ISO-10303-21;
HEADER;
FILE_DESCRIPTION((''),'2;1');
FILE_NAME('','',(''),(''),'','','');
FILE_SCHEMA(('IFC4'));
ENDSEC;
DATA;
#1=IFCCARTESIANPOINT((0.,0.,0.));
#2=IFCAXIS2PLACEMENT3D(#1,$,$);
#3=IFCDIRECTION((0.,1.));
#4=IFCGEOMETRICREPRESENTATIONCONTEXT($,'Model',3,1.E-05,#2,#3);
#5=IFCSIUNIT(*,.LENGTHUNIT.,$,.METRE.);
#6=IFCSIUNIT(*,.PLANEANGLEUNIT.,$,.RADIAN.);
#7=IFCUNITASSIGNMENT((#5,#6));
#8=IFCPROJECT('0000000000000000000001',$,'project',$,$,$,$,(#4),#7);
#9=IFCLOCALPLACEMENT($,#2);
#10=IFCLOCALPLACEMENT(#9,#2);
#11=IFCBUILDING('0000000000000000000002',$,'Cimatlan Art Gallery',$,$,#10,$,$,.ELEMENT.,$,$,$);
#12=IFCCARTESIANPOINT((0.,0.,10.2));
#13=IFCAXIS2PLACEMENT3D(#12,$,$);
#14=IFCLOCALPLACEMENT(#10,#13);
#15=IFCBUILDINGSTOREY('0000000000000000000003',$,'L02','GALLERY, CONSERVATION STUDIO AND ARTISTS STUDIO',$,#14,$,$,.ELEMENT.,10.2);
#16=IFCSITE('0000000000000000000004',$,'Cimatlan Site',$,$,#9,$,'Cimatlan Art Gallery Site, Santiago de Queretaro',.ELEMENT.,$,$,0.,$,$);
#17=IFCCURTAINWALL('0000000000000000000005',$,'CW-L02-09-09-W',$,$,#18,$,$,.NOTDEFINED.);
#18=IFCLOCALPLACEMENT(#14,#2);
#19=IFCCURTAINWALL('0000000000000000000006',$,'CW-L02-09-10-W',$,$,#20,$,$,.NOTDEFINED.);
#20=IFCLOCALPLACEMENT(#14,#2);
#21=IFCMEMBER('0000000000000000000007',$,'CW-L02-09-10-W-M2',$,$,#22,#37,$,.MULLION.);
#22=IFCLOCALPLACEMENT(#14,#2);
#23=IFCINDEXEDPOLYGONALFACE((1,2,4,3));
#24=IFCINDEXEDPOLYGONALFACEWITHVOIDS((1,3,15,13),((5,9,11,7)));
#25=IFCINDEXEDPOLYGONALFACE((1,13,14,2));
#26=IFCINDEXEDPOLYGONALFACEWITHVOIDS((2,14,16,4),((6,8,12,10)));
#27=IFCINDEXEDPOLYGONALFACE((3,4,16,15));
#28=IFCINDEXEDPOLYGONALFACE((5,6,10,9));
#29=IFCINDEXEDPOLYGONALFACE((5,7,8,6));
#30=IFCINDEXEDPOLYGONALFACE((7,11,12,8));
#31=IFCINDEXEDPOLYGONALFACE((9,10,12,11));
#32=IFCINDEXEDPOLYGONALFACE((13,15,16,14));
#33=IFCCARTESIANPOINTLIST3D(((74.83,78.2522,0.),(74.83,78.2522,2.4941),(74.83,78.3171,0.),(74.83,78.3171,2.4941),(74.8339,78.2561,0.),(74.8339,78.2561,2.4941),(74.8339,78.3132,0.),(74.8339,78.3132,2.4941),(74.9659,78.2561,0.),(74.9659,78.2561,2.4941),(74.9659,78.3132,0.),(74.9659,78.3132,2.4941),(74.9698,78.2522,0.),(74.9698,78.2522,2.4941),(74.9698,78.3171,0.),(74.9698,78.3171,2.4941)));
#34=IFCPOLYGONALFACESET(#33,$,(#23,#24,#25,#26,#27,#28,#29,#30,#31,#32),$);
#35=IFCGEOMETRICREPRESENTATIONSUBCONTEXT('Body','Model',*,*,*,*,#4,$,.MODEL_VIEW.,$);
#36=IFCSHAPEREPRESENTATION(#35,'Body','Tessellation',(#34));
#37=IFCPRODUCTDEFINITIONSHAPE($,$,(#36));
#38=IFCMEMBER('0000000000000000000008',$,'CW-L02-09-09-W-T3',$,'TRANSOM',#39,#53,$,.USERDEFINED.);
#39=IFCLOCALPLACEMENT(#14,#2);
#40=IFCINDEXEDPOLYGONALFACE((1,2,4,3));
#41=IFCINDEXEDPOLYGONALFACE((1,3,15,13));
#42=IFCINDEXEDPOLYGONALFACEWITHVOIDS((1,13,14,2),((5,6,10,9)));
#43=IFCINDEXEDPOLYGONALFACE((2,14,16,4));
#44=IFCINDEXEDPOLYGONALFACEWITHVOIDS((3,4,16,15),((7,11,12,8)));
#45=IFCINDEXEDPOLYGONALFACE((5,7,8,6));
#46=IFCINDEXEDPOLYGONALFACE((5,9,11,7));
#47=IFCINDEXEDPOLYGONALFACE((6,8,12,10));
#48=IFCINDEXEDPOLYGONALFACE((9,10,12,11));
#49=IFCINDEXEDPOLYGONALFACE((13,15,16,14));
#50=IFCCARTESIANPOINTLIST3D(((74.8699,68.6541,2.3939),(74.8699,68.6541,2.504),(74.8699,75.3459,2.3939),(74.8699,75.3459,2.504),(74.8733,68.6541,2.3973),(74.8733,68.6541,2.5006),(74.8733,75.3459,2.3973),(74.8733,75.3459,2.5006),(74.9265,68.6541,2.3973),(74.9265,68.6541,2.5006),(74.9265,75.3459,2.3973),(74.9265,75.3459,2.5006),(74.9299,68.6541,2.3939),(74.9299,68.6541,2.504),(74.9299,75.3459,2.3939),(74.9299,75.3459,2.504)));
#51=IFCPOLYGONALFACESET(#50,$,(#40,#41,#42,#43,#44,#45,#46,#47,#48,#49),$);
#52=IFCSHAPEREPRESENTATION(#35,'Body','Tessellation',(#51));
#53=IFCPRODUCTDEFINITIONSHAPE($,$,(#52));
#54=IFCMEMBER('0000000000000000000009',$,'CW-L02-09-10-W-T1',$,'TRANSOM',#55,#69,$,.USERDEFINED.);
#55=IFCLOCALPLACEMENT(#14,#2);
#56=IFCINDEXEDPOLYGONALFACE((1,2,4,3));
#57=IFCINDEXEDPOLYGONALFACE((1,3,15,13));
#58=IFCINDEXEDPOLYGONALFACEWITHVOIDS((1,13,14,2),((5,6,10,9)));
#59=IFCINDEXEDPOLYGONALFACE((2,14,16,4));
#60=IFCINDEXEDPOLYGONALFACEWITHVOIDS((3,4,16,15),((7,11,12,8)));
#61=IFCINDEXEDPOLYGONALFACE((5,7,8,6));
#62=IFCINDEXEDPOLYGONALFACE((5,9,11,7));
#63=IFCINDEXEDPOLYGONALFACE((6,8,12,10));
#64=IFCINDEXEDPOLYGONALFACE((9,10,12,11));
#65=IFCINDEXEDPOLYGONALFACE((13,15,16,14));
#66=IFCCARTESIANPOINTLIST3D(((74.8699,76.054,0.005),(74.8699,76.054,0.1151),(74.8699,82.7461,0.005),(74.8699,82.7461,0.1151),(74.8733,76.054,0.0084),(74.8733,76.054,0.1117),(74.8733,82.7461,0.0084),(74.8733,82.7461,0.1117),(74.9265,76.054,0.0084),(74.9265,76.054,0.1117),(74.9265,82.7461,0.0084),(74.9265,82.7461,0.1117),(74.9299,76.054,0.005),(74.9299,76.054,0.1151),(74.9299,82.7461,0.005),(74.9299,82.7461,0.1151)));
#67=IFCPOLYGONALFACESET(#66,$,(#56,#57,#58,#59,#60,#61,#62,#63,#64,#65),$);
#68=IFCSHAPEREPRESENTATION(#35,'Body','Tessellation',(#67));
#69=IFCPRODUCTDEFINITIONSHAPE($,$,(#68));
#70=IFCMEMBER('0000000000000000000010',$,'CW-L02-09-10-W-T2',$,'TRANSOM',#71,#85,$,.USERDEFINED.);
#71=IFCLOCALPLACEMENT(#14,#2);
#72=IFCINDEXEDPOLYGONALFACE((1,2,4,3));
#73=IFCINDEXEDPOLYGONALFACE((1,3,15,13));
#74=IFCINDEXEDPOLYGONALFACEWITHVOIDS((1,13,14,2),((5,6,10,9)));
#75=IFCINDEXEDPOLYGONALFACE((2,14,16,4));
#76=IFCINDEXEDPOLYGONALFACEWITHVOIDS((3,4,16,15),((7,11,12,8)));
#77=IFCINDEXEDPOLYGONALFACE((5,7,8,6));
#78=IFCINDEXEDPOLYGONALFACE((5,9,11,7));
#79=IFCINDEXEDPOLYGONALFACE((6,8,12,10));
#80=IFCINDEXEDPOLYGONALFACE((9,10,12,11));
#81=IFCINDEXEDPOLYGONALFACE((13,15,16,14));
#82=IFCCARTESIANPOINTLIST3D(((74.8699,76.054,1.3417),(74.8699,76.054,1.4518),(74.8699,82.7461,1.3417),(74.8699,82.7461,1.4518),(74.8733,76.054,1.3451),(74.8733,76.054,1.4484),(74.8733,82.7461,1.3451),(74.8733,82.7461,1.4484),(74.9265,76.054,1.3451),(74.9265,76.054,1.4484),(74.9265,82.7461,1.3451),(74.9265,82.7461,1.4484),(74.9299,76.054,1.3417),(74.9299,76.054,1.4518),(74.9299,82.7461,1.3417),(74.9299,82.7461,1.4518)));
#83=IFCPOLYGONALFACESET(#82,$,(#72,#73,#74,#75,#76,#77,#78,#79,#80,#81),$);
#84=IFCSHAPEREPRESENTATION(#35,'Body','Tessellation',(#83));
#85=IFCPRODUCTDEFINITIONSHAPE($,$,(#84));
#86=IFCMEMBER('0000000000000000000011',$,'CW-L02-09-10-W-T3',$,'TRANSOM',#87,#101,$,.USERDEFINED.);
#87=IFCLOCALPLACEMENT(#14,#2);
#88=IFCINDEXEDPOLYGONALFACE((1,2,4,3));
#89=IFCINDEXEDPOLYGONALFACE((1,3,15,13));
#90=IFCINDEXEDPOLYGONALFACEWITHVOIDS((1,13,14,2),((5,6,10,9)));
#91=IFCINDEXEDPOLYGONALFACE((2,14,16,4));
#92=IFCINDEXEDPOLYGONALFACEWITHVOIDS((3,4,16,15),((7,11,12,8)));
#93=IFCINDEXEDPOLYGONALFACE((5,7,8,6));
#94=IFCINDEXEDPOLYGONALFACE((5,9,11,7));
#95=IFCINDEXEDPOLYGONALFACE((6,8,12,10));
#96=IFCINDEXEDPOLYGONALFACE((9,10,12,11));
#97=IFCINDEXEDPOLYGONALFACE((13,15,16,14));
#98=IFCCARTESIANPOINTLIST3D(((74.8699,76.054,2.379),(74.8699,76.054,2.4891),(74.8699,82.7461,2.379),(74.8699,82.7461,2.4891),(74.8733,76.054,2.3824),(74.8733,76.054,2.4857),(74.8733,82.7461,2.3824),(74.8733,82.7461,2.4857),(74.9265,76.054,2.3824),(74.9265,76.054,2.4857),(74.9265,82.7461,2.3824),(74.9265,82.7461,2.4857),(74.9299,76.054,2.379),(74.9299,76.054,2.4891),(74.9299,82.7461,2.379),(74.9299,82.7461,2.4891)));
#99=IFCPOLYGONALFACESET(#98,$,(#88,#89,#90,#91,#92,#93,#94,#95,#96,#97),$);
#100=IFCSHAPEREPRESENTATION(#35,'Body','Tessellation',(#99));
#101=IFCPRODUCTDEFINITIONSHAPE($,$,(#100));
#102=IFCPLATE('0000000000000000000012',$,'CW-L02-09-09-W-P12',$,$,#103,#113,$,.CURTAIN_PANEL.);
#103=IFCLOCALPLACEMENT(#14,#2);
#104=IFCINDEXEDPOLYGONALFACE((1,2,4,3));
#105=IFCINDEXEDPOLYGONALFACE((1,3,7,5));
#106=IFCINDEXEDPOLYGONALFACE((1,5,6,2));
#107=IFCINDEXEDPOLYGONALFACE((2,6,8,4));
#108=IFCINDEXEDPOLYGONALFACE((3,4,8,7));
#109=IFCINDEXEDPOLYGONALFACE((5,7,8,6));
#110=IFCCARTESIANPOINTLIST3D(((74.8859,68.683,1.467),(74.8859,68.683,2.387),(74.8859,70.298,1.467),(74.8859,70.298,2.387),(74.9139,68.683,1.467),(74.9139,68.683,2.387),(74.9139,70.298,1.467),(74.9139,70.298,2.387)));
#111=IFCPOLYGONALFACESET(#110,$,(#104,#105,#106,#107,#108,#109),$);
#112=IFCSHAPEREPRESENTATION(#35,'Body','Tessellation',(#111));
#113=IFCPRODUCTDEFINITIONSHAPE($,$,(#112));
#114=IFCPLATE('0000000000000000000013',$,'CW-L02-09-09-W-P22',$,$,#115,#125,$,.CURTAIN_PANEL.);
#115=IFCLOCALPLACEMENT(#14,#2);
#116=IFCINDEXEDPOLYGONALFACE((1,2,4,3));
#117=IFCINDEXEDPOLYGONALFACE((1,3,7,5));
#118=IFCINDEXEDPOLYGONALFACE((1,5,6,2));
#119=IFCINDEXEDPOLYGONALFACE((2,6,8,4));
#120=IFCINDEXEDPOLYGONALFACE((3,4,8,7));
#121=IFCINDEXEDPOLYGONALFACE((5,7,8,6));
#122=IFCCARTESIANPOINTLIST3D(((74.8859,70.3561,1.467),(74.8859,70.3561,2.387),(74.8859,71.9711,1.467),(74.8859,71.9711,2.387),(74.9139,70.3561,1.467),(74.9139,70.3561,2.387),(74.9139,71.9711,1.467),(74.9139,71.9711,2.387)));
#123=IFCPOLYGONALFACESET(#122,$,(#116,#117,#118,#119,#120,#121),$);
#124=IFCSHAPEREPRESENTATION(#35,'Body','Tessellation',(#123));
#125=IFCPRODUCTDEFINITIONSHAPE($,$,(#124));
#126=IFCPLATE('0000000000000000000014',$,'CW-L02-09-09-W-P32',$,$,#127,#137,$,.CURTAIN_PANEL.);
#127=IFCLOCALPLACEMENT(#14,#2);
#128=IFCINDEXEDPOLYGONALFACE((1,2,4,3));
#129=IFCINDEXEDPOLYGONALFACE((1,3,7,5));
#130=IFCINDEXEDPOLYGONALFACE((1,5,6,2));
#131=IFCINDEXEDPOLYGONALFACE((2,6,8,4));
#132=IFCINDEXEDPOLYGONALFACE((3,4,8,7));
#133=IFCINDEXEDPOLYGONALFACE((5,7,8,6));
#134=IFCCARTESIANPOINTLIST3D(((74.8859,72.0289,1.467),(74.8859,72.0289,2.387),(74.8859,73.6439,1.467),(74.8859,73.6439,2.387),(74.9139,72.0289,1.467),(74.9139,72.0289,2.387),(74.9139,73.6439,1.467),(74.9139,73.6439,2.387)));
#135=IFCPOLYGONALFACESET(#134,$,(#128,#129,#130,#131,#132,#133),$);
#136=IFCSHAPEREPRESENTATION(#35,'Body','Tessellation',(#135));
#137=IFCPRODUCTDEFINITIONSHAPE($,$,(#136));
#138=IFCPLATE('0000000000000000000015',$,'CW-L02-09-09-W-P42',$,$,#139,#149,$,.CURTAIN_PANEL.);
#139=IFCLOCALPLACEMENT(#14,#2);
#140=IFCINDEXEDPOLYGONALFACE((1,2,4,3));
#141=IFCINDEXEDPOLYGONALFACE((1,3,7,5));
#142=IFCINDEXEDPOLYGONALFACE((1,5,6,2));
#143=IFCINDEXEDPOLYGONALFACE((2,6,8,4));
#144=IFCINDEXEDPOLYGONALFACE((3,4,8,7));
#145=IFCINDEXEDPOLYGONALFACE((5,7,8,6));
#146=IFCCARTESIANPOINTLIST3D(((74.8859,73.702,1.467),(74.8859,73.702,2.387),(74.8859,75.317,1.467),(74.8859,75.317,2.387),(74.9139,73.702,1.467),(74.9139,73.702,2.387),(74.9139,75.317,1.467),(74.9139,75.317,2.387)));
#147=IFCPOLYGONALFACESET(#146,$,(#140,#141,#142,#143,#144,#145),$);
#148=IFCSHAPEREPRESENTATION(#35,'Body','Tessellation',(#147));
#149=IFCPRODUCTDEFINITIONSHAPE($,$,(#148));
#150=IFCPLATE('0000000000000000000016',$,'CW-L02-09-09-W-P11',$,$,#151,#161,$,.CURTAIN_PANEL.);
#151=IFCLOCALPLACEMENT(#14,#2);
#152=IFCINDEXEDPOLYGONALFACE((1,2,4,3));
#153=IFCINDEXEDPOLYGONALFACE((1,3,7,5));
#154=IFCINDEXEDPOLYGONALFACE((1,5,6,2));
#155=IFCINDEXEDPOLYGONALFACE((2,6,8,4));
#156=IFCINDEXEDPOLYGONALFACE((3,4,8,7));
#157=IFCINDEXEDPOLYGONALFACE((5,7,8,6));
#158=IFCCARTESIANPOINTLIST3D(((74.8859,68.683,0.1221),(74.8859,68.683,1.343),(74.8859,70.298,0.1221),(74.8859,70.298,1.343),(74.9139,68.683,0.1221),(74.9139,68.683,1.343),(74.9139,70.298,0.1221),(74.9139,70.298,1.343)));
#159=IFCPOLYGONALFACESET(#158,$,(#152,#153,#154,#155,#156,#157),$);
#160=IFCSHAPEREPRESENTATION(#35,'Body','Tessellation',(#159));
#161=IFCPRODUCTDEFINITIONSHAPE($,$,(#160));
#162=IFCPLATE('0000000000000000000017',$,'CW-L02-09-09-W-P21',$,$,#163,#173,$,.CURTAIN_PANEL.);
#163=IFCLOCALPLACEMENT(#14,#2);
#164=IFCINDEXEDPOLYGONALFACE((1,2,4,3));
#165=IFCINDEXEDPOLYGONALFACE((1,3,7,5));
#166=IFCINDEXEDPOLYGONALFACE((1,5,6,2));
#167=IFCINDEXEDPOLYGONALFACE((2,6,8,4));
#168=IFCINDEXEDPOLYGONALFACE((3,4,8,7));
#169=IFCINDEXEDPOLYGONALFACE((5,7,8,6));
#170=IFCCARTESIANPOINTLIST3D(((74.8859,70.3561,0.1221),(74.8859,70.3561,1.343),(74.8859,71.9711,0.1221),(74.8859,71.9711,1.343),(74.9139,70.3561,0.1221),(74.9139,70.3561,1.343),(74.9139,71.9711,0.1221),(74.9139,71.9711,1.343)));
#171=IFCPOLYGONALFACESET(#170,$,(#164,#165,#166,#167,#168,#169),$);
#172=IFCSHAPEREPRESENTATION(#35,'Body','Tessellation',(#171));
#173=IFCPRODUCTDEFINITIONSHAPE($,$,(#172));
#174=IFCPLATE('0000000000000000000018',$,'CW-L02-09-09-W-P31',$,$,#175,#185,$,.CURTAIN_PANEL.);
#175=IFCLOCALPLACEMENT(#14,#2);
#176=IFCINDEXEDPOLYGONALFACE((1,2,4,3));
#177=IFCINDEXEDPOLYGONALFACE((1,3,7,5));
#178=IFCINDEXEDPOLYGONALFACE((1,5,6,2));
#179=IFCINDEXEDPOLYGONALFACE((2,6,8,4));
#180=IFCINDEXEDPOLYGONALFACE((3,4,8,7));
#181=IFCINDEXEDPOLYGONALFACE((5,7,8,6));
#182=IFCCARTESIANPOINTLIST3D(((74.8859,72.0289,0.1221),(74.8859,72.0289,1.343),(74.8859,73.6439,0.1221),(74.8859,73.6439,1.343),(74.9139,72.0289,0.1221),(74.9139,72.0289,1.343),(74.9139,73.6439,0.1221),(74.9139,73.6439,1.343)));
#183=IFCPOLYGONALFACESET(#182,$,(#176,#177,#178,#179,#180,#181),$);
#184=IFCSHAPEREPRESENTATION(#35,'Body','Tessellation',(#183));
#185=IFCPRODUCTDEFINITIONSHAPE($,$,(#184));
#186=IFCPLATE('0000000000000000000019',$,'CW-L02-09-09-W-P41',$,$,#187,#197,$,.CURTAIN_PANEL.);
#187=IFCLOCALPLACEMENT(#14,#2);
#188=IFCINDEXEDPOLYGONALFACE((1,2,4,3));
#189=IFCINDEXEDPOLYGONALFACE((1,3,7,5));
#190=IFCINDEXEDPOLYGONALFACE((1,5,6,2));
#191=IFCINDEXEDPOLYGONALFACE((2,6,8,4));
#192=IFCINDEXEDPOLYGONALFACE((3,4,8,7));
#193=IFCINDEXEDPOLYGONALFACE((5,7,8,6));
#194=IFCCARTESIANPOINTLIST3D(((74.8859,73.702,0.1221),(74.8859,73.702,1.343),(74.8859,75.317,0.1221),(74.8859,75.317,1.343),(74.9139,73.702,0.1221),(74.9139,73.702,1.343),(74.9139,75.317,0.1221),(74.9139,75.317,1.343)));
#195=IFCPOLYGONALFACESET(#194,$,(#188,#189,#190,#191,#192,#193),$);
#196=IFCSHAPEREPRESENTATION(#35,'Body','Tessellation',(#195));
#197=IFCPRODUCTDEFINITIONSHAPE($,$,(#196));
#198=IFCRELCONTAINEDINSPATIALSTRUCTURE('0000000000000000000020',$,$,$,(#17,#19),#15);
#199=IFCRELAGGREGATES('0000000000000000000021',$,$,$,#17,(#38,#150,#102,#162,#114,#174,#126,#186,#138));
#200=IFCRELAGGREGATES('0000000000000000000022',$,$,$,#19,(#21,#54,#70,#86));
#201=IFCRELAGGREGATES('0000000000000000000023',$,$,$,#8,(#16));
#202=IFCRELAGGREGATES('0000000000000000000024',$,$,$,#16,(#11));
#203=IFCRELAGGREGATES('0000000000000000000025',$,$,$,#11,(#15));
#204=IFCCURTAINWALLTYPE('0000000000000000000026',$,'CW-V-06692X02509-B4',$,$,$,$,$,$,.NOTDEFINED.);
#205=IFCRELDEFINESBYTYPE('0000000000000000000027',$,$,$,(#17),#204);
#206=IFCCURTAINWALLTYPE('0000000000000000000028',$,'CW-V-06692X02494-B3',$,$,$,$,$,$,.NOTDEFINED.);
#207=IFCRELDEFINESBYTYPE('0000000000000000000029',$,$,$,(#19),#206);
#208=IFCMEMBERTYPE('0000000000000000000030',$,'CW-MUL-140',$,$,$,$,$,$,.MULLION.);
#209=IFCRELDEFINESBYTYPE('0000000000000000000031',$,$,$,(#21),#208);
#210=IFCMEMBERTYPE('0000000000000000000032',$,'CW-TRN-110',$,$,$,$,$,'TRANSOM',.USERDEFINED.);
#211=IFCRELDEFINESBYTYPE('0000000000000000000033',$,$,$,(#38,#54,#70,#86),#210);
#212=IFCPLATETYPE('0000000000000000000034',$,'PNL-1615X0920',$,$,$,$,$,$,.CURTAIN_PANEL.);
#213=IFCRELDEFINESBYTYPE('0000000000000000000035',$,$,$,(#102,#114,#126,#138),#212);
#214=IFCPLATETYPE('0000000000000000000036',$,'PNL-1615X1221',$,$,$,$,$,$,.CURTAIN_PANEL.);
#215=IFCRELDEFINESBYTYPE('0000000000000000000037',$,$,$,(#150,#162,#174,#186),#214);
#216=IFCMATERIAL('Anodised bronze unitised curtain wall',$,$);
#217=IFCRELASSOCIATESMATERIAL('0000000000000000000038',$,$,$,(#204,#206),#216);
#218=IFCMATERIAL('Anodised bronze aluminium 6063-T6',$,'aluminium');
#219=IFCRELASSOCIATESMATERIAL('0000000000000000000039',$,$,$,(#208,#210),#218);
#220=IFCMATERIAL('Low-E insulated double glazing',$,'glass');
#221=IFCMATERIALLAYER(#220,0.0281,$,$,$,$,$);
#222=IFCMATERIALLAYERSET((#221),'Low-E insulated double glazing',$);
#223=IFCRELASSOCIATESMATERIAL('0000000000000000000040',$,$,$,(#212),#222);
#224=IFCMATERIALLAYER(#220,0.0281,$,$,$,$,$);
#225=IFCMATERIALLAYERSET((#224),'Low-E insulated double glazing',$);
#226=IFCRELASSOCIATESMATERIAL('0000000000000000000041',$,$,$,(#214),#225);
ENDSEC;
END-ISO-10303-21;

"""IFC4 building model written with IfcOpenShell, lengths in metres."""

from ifc_helpers import new_model, si_unit, direction, frame, origin, origin_2d, place, context, subcontext, project, spatial, rectangle, hollow_rectangle, extrude, material, layer, layer_set, material_profile, profile_set, type_object, element, aggregate, save


model = new_model("IFC4")

# Units and contexts
model_context = context("Model", 3, precision=1e-05, world=origin(), true_north=direction((0.0, 1.0)))
body_context = subcontext(model_context, "Body", "Model", "MODEL_VIEW")
ifc_project = project(units=[si_unit("LENGTHUNIT", "METRE"), si_unit("PLANEANGLEUNIT", "RADIAN")], contexts=[model_context])

# Site, building, storey
site_placement = place(None, origin())
site = spatial("IfcSite", under=ifc_project, at=site_placement, Name="Cimatlan Site", LongName="Cimatlan Art Gallery Site, Santiago de Queretaro", CompositionType="ELEMENT", RefElevation=0.0)
building_placement = place(site_placement, origin())
building = spatial("IfcBuilding", under=site, at=building_placement, Name="Cimatlan Art Gallery", CompositionType="ELEMENT")
storey_placement = place(building_placement, frame((0.0, 0.0, 10.2)))
storey = spatial("IfcBuildingStorey", under=building, at=storey_placement, Name="L02", Description="GALLERY, CONSERVATION STUDIO AND ARTISTS STUDIO", CompositionType="ELEMENT", Elevation=10.2)

# Curtain walls, member
ifc_material_1 = material(Name="Anodised bronze unitised curtain wall")
curtain_wall_type_1 = type_object("IfcCurtainWallType", Name="CW-V-06692X02509-B4", PredefinedType="NOTDEFINED", material=ifc_material_1)
curtain_wall_1_placement = place(storey_placement, origin())
curtain_wall_1 = element("IfcCurtainWall", 1, at=curtain_wall_1_placement, inside=storey, type_object=curtain_wall_type_1, Name="CW-L02-09-09-W", PredefinedType="NOTDEFINED")
ifc_material_2 = material(Name="Anodised bronze aluminium 6063-T6", Category="aluminium")
ifc_material_profile_1 = material_profile(ifc_material_2, hollow_rectangle(XDim=0.0649, YDim=0.1399, WallThickness=0.0039, at=origin_2d()), Name="ALU65X140X4")
ifc_profile_set_1 = profile_set([ifc_material_profile_1], Name="Anodised bronze aluminium 6063-T6")
member_type_1 = type_object("IfcMemberType", Name="CW-MUL-140", PredefinedType="MULLION", material=ifc_profile_set_1)
curtain_wall_type_2 = type_object("IfcCurtainWallType", Name="CW-V-06692X02494-B3", PredefinedType="NOTDEFINED", material=ifc_material_1)
curtain_wall_2_placement = place(storey_placement, origin())
curtain_wall_2 = element("IfcCurtainWall", 2, at=curtain_wall_2_placement, inside=storey, type_object=curtain_wall_type_2, Name="CW-L02-09-10-W", PredefinedType="NOTDEFINED")
member_1_placement = place(storey_placement, frame((74.8999, 78.2847, 0.0), z_axis=(0.0, 0.0, 1.0), x_axis=(0.0, 1.0, 0.0)))
member_1 = element("IfcMember", 3, at=member_1_placement, type_object=member_type_1, Name="CW-L02-09-10-W-M2", PredefinedType="MULLION", context=body_context, shape_type="SweptSolid", body=[
    extrude(hollow_rectangle(XDim=0.0649, YDim=0.1399, WallThickness=0.0039, at=origin_2d()), origin(), (0.0, 0.0, 1.0), 2.4941),
])

# Members
ifc_material_profile_2 = material_profile(ifc_material_2, hollow_rectangle(XDim=0.0601, YDim=0.1101, WallThickness=0.0034, at=origin_2d()), Name="ALU60X110X3")
ifc_profile_set_2 = profile_set([ifc_material_profile_2], Name="Anodised bronze aluminium 6063-T6")
member_type_2 = type_object("IfcMemberType", Name="CW-TRN-110", ElementType="TRANSOM", PredefinedType="USERDEFINED", material=ifc_profile_set_2)
member_2_placement = place(storey_placement, frame((74.8999, 68.6541, 2.449), z_axis=(0.0, 1.0, 0.0), x_axis=(-1.0, 0.0, 0.0)))
member_2 = element("IfcMember", 4, at=member_2_placement, type_object=member_type_2, Name="CW-L02-09-09-W-T3", ObjectType="TRANSOM", PredefinedType="USERDEFINED", context=body_context, shape_type="SweptSolid", body=[
    extrude(hollow_rectangle(XDim=0.0601, YDim=0.1101, WallThickness=0.0034, at=origin_2d()), origin(), (0.0, 0.0, 1.0), 6.6919),
])
member_3_placement = place(storey_placement, frame((74.8999, 76.054, 0.0601), z_axis=(0.0, 1.0, 0.0), x_axis=(-1.0, 0.0, 0.0)))
member_3 = element("IfcMember", 5, at=member_3_placement, type_object=member_type_2, Name="CW-L02-09-10-W-T1", ObjectType="TRANSOM", PredefinedType="USERDEFINED", context=body_context, shape_type="SweptSolid", body=[
    extrude(hollow_rectangle(XDim=0.0601, YDim=0.1101, WallThickness=0.0034, at=origin_2d()), origin(), (0.0, 0.0, 1.0), 6.6921),
])
member_4_placement = place(storey_placement, frame((74.8999, 76.054, 1.3967), z_axis=(0.0, 1.0, 0.0), x_axis=(-1.0, 0.0, 0.0)))
member_4 = element("IfcMember", 6, at=member_4_placement, type_object=member_type_2, Name="CW-L02-09-10-W-T2", ObjectType="TRANSOM", PredefinedType="USERDEFINED", context=body_context, shape_type="SweptSolid", body=[
    extrude(hollow_rectangle(XDim=0.0601, YDim=0.1101, WallThickness=0.0034, at=origin_2d()), origin(), (0.0, 0.0, 1.0), 6.6921),
])
member_5_placement = place(storey_placement, frame((74.8999, 76.054, 2.4341), z_axis=(0.0, 1.0, 0.0), x_axis=(-1.0, 0.0, 0.0)))
member_5 = element("IfcMember", 7, at=member_5_placement, type_object=member_type_2, Name="CW-L02-09-10-W-T3", ObjectType="TRANSOM", PredefinedType="USERDEFINED", context=body_context, shape_type="SweptSolid", body=[
    extrude(hollow_rectangle(XDim=0.0601, YDim=0.1101, WallThickness=0.0034, at=origin_2d()), origin(), (0.0, 0.0, 1.0), 6.6921),
])

# Plates
ifc_material_3 = material(Name="Low-E insulated double glazing", Category="glass")
ifc_layer_1 = layer(ifc_material_3, 0.0281)
ifc_layer_set_1 = layer_set([ifc_layer_1], Name="Low-E insulated double glazing")
plate_type_1 = type_object("IfcPlateType", Name="PNL-1615X0920", PredefinedType="CURTAIN_PANEL", material=ifc_layer_set_1)
plate_1_placement = place(storey_placement, frame((74.8999, 69.4905, 1.467), z_axis=(0.0, 0.0, 1.0), x_axis=(0.0, 1.0, 0.0)))
plate_1 = element("IfcPlate", 8, at=plate_1_placement, type_object=plate_type_1, Name="CW-L02-09-09-W-P12", PredefinedType="CURTAIN_PANEL", context=body_context, shape_type="SweptSolid", body=[
    extrude(rectangle(XDim=1.615, YDim=0.0281, at=origin_2d()), origin(), (0.0, 0.0, 1.0), 0.9199),
])
plate_2_placement = place(storey_placement, frame((74.8999, 71.1636, 1.467), z_axis=(0.0, 0.0, 1.0), x_axis=(0.0, 1.0, 0.0)))
plate_2 = element("IfcPlate", 9, at=plate_2_placement, type_object=plate_type_1, Name="CW-L02-09-09-W-P22", PredefinedType="CURTAIN_PANEL", context=body_context, shape_type="SweptSolid", body=[
    extrude(rectangle(XDim=1.615, YDim=0.0281, at=origin_2d()), origin(), (0.0, 0.0, 1.0), 0.9199),
])
plate_3_placement = place(storey_placement, frame((74.8999, 72.8364, 1.467), z_axis=(0.0, 0.0, 1.0), x_axis=(0.0, 1.0, 0.0)))
plate_3 = element("IfcPlate", 10, at=plate_3_placement, type_object=plate_type_1, Name="CW-L02-09-09-W-P32", PredefinedType="CURTAIN_PANEL", context=body_context, shape_type="SweptSolid", body=[
    extrude(rectangle(XDim=1.615, YDim=0.0281, at=origin_2d()), origin(), (0.0, 0.0, 1.0), 0.9199),
])
plate_4_placement = place(storey_placement, frame((74.8999, 74.5095, 1.467), z_axis=(0.0, 0.0, 1.0), x_axis=(0.0, 1.0, 0.0)))
plate_4 = element("IfcPlate", 11, at=plate_4_placement, type_object=plate_type_1, Name="CW-L02-09-09-W-P42", PredefinedType="CURTAIN_PANEL", context=body_context, shape_type="SweptSolid", body=[
    extrude(rectangle(XDim=1.615, YDim=0.0281, at=origin_2d()), origin(), (0.0, 0.0, 1.0), 0.9199),
])
ifc_layer_2 = layer(ifc_material_3, 0.0281)
ifc_layer_set_2 = layer_set([ifc_layer_2], Name="Low-E insulated double glazing")
plate_type_2 = type_object("IfcPlateType", Name="PNL-1615X1221", PredefinedType="CURTAIN_PANEL", material=ifc_layer_set_2)
plate_5_placement = place(storey_placement, frame((74.8999, 69.4905, 0.1221), z_axis=(0.0, 0.0, 1.0), x_axis=(0.0, 1.0, 0.0)))
plate_5 = element("IfcPlate", 12, at=plate_5_placement, type_object=plate_type_2, Name="CW-L02-09-09-W-P11", PredefinedType="CURTAIN_PANEL", context=body_context, shape_type="SweptSolid", body=[
    extrude(rectangle(XDim=1.615, YDim=0.0281, at=origin_2d()), origin(), (0.0, 0.0, 1.0), 1.2209),
])
plate_6_placement = place(storey_placement, frame((74.8999, 71.1636, 0.1221), z_axis=(0.0, 0.0, 1.0), x_axis=(0.0, 1.0, 0.0)))
plate_6 = element("IfcPlate", 13, at=plate_6_placement, type_object=plate_type_2, Name="CW-L02-09-09-W-P21", PredefinedType="CURTAIN_PANEL", context=body_context, shape_type="SweptSolid", body=[
    extrude(rectangle(XDim=1.615, YDim=0.0281, at=origin_2d()), origin(), (0.0, 0.0, 1.0), 1.2209),
])
plate_7_placement = place(storey_placement, frame((74.8999, 72.8364, 0.1221), z_axis=(0.0, 0.0, 1.0), x_axis=(0.0, 1.0, 0.0)))
plate_7 = element("IfcPlate", 14, at=plate_7_placement, type_object=plate_type_2, Name="CW-L02-09-09-W-P31", PredefinedType="CURTAIN_PANEL", context=body_context, shape_type="SweptSolid", body=[
    extrude(rectangle(XDim=1.615, YDim=0.0281, at=origin_2d()), origin(), (0.0, 0.0, 1.0), 1.2209),
])
plate_8_placement = place(storey_placement, frame((74.8999, 74.5095, 0.1221), z_axis=(0.0, 0.0, 1.0), x_axis=(0.0, 1.0, 0.0)))
plate_8 = element("IfcPlate", 15, at=plate_8_placement, type_object=plate_type_2, Name="CW-L02-09-09-W-P41", PredefinedType="CURTAIN_PANEL", context=body_context, shape_type="SweptSolid", body=[
    extrude(rectangle(XDim=1.615, YDim=0.0281, at=origin_2d()), origin(), (0.0, 0.0, 1.0), 1.2209),
])
aggregate(curtain_wall_1, [member_2, plate_5, plate_1, plate_6, plate_2, plate_7, plate_3, plate_8, plate_4])
aggregate(curtain_wall_2, [member_1, member_3, member_4, member_5])

save(model, "model.ifc")
